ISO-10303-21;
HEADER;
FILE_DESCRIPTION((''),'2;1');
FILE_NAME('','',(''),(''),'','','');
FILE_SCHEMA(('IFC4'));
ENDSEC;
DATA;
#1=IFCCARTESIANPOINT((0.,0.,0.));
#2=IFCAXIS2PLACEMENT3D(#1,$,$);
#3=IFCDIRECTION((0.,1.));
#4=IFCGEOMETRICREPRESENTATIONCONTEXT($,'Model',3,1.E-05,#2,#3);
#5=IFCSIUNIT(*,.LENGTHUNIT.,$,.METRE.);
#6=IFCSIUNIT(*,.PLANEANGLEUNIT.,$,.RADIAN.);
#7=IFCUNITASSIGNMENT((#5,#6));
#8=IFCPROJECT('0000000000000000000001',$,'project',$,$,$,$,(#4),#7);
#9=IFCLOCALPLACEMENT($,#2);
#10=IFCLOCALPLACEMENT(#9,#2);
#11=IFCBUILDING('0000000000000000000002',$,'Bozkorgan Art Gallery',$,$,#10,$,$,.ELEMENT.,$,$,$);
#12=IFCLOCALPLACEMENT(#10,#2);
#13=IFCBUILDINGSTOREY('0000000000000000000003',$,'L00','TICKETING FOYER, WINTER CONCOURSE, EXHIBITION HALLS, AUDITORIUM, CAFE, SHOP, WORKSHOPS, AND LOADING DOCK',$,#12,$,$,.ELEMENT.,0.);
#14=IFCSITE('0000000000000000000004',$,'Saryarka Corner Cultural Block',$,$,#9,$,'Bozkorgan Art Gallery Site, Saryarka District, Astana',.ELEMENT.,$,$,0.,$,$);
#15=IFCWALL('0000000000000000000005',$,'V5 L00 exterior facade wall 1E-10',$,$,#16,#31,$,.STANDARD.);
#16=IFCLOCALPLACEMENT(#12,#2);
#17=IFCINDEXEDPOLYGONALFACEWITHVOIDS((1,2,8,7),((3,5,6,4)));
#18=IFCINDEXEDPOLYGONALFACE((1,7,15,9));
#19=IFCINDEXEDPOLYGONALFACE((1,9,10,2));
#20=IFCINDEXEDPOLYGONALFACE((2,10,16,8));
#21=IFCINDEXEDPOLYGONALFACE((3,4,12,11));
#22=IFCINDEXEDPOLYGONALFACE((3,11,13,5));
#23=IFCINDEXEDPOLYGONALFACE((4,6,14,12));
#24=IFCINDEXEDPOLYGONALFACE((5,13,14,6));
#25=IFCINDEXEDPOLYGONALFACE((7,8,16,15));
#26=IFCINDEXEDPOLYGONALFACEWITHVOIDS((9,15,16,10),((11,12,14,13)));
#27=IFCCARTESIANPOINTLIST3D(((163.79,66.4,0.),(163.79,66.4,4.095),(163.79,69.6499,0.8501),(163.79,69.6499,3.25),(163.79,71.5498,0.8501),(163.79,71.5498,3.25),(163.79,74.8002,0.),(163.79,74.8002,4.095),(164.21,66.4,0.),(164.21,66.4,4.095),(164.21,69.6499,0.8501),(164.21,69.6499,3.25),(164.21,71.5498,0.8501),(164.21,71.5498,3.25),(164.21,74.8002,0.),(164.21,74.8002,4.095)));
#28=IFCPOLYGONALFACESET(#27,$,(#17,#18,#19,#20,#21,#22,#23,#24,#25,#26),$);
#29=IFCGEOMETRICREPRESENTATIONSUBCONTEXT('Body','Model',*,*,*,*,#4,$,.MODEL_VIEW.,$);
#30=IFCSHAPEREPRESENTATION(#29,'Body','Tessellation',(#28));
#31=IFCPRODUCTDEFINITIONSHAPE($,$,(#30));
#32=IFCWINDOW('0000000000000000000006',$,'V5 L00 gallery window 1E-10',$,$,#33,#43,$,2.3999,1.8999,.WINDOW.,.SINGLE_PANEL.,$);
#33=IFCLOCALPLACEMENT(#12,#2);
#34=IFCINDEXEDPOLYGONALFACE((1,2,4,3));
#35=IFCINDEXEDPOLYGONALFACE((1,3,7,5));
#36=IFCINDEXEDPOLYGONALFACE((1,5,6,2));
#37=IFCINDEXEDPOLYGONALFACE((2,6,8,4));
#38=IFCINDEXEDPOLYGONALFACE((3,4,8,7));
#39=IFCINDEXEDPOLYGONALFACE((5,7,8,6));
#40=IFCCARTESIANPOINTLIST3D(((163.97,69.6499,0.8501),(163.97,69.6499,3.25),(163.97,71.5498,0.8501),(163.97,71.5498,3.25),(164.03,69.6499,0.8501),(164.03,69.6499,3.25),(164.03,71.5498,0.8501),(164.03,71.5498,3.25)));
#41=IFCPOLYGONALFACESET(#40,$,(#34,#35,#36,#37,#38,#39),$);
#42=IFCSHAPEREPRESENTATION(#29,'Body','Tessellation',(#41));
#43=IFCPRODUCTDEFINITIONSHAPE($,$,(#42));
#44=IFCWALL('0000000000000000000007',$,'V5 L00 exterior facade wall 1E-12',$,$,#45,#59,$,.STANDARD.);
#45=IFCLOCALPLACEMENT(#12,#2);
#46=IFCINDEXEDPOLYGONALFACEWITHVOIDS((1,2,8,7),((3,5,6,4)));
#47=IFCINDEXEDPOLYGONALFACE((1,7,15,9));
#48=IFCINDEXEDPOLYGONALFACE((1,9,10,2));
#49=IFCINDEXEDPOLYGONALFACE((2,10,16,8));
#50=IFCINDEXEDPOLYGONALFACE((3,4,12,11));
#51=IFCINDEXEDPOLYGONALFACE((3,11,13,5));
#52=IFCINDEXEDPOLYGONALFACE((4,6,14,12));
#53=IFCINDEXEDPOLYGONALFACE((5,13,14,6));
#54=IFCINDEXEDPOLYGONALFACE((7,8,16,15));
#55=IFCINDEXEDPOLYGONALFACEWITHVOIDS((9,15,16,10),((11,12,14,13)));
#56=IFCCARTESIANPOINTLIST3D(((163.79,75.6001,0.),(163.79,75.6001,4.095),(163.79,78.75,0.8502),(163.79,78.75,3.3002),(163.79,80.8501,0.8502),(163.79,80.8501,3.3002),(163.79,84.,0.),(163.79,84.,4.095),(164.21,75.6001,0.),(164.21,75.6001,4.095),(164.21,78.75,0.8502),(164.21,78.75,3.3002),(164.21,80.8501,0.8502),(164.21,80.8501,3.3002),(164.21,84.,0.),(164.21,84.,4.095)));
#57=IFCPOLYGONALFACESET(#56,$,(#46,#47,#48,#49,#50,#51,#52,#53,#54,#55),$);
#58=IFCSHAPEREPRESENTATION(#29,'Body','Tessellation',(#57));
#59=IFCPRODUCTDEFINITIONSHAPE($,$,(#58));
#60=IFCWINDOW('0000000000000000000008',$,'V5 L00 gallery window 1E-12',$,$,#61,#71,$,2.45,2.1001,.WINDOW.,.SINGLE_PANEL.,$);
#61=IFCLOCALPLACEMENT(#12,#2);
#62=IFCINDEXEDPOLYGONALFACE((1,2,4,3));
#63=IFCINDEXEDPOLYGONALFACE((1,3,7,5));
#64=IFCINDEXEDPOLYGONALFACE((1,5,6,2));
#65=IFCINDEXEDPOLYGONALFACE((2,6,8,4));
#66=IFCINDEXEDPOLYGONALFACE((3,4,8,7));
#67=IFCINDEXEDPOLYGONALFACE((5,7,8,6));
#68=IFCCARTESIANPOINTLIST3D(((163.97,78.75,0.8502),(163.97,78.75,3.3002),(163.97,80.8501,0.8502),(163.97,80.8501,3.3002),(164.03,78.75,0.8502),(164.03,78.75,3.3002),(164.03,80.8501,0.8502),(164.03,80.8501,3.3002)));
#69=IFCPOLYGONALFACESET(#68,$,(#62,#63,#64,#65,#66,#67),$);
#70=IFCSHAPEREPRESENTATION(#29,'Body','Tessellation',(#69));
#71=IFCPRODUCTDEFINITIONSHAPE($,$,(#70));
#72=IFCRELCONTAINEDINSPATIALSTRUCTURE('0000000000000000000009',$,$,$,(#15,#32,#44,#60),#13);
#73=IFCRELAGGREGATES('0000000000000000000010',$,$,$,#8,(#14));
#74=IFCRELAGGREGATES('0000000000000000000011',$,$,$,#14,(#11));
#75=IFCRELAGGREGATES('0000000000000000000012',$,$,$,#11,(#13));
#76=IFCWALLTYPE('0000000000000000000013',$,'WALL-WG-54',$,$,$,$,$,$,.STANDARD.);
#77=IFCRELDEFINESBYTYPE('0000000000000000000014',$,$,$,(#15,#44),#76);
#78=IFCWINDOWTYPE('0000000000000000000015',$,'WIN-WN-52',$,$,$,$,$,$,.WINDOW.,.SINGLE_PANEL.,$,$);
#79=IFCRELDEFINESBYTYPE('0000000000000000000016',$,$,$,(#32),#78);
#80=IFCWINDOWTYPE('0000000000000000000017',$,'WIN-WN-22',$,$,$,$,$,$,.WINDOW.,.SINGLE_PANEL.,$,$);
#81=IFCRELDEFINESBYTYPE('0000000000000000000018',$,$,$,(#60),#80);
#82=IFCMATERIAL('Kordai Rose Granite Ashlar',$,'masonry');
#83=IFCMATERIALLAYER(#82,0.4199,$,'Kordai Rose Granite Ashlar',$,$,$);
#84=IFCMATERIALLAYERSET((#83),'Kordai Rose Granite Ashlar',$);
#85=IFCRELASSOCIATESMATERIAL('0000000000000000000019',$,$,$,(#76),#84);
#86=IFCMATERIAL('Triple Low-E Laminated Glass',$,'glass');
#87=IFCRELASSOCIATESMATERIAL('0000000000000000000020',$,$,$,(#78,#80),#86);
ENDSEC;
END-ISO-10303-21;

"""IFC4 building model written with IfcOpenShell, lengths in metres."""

from ifc_helpers import new_model, si_unit, direction, frame, frame_2d, origin, place, context, subcontext, project, spatial, rectangle, extrude, material, layer, layer_set, type_object, element, fill, save


model = new_model("IFC4")

# Units and contexts
model_context = context("Model", 3, precision=1e-05, world=origin(), true_north=direction((0.0, 1.0)))
body_context = subcontext(model_context, "Body", "Model", "MODEL_VIEW")
ifc_project = project(units=[si_unit("LENGTHUNIT", "METRE"), si_unit("PLANEANGLEUNIT", "RADIAN")], contexts=[model_context])

# Site, building, storey
site_placement = place(None, origin())
site = spatial("IfcSite", under=ifc_project, at=site_placement, Name="Saryarka Corner Cultural Block", LongName="Bozkorgan Art Gallery Site, Saryarka District, Astana", CompositionType="ELEMENT", RefElevation=0.0)
building_placement = place(site_placement, origin())
building = spatial("IfcBuilding", under=site, at=building_placement, Name="Bozkorgan Art Gallery", CompositionType="ELEMENT")
storey_placement = place(building_placement, origin())
storey = spatial("IfcBuildingStorey", under=building, at=storey_placement, Name="L00", Description="TICKETING FOYER, WINTER CONCOURSE, EXHIBITION HALLS, AUDITORIUM, CAFE, SHOP, WORKSHOPS, AND LOADING DOCK", CompositionType="ELEMENT", Elevation=0.0)

# Walls, openings, windows
ifc_material_1 = material(Name="Kordai Rose Granite Ashlar", Category="masonry")
ifc_layer_1 = layer(ifc_material_1, 0.4199, Name="Kordai Rose Granite Ashlar")
ifc_layer_set_1 = layer_set([ifc_layer_1], Name="Kordai Rose Granite Ashlar")
wall_type_1 = type_object("IfcWallType", Name="WALL-WG-54", PredefinedType="STANDARD", material=ifc_layer_set_1)
wall_1_placement = place(storey_placement, frame((164.0, 66.3999, 0.0), z_axis=(0.0, 0.0, 1.0), x_axis=(0.0, 1.0, 0.0)))
wall_1 = element("IfcWall", 1, at=wall_1_placement, inside=storey, type_object=wall_type_1, Name="V5 L00 exterior facade wall 1E-10", PredefinedType="STANDARD", context=body_context, shape_type="SweptSolid", body=[
    extrude(rectangle(XDim=8.4001, YDim=0.4199, at=frame_2d((4.2002, 0.0))), origin(), (0.0, 0.0, 1.0), 4.095),
])
opening_1_placement = place(wall_1_placement, frame((5.1499, 0.0, 0.8501), z_axis=(0.0, 0.0, 1.0), x_axis=(-1.0, 0.0, 0.0)))
opening_1 = element("IfcOpeningElement", 2, at=opening_1_placement, cuts=wall_1, PredefinedType="OPENING", context=body_context, shape_type="SweptSolid", body=[
    extrude(rectangle(XDim=1.8999, YDim=2.3999, at=frame_2d((0.95, 1.2))), frame((0.0, 0.22, 0.0), z_axis=(0.0, -1.0, 0.0), x_axis=(1.0, 0.0, 0.0)), (0.0, 0.0, 1.0), 0.4399),
])
ifc_material_2 = material(Name="Triple Low-E Laminated Glass", Category="glass")
window_type_1 = type_object("IfcWindowType", Name="WIN-WN-52", PartitioningType="SINGLE_PANEL", PredefinedType="WINDOW", material=ifc_material_2)
window_1_placement = place(opening_1_placement, origin())
window_1 = element("IfcWindow", 3, at=window_1_placement, inside=storey, type_object=window_type_1, Name="V5 L00 gallery window 1E-10", OverallHeight=2.3999, OverallWidth=1.8999, PartitioningType="SINGLE_PANEL", PredefinedType="WINDOW", context=body_context, shape_type="SweptSolid", body=[
    extrude(rectangle(XDim=1.8999, YDim=2.3999, at=frame_2d((0.95, 1.2))), frame((0.0, 0.03, 0.0), z_axis=(0.0, -1.0, 0.0), x_axis=(1.0, 0.0, 0.0)), (0.0, 0.0, 1.0), 0.0601),
])
fill(opening_1, window_1)
wall_2_placement = place(storey_placement, frame((164.0, 75.6001, 0.0), z_axis=(0.0, 0.0, 1.0), x_axis=(0.0, 1.0, 0.0)))
wall_2 = element("IfcWall", 4, at=wall_2_placement, inside=storey, type_object=wall_type_1, Name="V5 L00 exterior facade wall 1E-12", PredefinedType="STANDARD", context=body_context, shape_type="SweptSolid", body=[
    extrude(rectangle(XDim=8.3999, YDim=0.4199, at=frame_2d((4.2, 0.0))), origin(), (0.0, 0.0, 1.0), 4.095),
])
opening_2_placement = place(wall_2_placement, frame((5.25, 0.0, 0.8501), z_axis=(0.0, 0.0, 1.0), x_axis=(-1.0, 0.0, 0.0)))
opening_2 = element("IfcOpeningElement", 5, at=opening_2_placement, cuts=wall_2, PredefinedType="OPENING", context=body_context, shape_type="SweptSolid", body=[
    extrude(rectangle(XDim=2.1001, YDim=2.45, at=frame_2d((1.05, 1.2251))), frame((0.0, 0.22, 0.0), z_axis=(0.0, -1.0, 0.0), x_axis=(1.0, 0.0, 0.0)), (0.0, 0.0, 1.0), 0.4399),
])
window_type_2 = type_object("IfcWindowType", Name="WIN-WN-22", PartitioningType="SINGLE_PANEL", PredefinedType="WINDOW", material=ifc_material_2)
window_2_placement = place(opening_2_placement, origin())
window_2 = element("IfcWindow", 6, at=window_2_placement, inside=storey, type_object=window_type_2, Name="V5 L00 gallery window 1E-12", OverallHeight=2.45, OverallWidth=2.1001, PartitioningType="SINGLE_PANEL", PredefinedType="WINDOW", context=body_context, shape_type="SweptSolid", body=[
    extrude(rectangle(XDim=2.1001, YDim=2.45, at=frame_2d((1.05, 1.2251))), frame((0.0, 0.03, 0.0), z_axis=(0.0, -1.0, 0.0), x_axis=(1.0, 0.0, 0.0)), (0.0, 0.0, 1.0), 0.0601),
])
fill(opening_2, window_2)

save(model, "model.ifc")
